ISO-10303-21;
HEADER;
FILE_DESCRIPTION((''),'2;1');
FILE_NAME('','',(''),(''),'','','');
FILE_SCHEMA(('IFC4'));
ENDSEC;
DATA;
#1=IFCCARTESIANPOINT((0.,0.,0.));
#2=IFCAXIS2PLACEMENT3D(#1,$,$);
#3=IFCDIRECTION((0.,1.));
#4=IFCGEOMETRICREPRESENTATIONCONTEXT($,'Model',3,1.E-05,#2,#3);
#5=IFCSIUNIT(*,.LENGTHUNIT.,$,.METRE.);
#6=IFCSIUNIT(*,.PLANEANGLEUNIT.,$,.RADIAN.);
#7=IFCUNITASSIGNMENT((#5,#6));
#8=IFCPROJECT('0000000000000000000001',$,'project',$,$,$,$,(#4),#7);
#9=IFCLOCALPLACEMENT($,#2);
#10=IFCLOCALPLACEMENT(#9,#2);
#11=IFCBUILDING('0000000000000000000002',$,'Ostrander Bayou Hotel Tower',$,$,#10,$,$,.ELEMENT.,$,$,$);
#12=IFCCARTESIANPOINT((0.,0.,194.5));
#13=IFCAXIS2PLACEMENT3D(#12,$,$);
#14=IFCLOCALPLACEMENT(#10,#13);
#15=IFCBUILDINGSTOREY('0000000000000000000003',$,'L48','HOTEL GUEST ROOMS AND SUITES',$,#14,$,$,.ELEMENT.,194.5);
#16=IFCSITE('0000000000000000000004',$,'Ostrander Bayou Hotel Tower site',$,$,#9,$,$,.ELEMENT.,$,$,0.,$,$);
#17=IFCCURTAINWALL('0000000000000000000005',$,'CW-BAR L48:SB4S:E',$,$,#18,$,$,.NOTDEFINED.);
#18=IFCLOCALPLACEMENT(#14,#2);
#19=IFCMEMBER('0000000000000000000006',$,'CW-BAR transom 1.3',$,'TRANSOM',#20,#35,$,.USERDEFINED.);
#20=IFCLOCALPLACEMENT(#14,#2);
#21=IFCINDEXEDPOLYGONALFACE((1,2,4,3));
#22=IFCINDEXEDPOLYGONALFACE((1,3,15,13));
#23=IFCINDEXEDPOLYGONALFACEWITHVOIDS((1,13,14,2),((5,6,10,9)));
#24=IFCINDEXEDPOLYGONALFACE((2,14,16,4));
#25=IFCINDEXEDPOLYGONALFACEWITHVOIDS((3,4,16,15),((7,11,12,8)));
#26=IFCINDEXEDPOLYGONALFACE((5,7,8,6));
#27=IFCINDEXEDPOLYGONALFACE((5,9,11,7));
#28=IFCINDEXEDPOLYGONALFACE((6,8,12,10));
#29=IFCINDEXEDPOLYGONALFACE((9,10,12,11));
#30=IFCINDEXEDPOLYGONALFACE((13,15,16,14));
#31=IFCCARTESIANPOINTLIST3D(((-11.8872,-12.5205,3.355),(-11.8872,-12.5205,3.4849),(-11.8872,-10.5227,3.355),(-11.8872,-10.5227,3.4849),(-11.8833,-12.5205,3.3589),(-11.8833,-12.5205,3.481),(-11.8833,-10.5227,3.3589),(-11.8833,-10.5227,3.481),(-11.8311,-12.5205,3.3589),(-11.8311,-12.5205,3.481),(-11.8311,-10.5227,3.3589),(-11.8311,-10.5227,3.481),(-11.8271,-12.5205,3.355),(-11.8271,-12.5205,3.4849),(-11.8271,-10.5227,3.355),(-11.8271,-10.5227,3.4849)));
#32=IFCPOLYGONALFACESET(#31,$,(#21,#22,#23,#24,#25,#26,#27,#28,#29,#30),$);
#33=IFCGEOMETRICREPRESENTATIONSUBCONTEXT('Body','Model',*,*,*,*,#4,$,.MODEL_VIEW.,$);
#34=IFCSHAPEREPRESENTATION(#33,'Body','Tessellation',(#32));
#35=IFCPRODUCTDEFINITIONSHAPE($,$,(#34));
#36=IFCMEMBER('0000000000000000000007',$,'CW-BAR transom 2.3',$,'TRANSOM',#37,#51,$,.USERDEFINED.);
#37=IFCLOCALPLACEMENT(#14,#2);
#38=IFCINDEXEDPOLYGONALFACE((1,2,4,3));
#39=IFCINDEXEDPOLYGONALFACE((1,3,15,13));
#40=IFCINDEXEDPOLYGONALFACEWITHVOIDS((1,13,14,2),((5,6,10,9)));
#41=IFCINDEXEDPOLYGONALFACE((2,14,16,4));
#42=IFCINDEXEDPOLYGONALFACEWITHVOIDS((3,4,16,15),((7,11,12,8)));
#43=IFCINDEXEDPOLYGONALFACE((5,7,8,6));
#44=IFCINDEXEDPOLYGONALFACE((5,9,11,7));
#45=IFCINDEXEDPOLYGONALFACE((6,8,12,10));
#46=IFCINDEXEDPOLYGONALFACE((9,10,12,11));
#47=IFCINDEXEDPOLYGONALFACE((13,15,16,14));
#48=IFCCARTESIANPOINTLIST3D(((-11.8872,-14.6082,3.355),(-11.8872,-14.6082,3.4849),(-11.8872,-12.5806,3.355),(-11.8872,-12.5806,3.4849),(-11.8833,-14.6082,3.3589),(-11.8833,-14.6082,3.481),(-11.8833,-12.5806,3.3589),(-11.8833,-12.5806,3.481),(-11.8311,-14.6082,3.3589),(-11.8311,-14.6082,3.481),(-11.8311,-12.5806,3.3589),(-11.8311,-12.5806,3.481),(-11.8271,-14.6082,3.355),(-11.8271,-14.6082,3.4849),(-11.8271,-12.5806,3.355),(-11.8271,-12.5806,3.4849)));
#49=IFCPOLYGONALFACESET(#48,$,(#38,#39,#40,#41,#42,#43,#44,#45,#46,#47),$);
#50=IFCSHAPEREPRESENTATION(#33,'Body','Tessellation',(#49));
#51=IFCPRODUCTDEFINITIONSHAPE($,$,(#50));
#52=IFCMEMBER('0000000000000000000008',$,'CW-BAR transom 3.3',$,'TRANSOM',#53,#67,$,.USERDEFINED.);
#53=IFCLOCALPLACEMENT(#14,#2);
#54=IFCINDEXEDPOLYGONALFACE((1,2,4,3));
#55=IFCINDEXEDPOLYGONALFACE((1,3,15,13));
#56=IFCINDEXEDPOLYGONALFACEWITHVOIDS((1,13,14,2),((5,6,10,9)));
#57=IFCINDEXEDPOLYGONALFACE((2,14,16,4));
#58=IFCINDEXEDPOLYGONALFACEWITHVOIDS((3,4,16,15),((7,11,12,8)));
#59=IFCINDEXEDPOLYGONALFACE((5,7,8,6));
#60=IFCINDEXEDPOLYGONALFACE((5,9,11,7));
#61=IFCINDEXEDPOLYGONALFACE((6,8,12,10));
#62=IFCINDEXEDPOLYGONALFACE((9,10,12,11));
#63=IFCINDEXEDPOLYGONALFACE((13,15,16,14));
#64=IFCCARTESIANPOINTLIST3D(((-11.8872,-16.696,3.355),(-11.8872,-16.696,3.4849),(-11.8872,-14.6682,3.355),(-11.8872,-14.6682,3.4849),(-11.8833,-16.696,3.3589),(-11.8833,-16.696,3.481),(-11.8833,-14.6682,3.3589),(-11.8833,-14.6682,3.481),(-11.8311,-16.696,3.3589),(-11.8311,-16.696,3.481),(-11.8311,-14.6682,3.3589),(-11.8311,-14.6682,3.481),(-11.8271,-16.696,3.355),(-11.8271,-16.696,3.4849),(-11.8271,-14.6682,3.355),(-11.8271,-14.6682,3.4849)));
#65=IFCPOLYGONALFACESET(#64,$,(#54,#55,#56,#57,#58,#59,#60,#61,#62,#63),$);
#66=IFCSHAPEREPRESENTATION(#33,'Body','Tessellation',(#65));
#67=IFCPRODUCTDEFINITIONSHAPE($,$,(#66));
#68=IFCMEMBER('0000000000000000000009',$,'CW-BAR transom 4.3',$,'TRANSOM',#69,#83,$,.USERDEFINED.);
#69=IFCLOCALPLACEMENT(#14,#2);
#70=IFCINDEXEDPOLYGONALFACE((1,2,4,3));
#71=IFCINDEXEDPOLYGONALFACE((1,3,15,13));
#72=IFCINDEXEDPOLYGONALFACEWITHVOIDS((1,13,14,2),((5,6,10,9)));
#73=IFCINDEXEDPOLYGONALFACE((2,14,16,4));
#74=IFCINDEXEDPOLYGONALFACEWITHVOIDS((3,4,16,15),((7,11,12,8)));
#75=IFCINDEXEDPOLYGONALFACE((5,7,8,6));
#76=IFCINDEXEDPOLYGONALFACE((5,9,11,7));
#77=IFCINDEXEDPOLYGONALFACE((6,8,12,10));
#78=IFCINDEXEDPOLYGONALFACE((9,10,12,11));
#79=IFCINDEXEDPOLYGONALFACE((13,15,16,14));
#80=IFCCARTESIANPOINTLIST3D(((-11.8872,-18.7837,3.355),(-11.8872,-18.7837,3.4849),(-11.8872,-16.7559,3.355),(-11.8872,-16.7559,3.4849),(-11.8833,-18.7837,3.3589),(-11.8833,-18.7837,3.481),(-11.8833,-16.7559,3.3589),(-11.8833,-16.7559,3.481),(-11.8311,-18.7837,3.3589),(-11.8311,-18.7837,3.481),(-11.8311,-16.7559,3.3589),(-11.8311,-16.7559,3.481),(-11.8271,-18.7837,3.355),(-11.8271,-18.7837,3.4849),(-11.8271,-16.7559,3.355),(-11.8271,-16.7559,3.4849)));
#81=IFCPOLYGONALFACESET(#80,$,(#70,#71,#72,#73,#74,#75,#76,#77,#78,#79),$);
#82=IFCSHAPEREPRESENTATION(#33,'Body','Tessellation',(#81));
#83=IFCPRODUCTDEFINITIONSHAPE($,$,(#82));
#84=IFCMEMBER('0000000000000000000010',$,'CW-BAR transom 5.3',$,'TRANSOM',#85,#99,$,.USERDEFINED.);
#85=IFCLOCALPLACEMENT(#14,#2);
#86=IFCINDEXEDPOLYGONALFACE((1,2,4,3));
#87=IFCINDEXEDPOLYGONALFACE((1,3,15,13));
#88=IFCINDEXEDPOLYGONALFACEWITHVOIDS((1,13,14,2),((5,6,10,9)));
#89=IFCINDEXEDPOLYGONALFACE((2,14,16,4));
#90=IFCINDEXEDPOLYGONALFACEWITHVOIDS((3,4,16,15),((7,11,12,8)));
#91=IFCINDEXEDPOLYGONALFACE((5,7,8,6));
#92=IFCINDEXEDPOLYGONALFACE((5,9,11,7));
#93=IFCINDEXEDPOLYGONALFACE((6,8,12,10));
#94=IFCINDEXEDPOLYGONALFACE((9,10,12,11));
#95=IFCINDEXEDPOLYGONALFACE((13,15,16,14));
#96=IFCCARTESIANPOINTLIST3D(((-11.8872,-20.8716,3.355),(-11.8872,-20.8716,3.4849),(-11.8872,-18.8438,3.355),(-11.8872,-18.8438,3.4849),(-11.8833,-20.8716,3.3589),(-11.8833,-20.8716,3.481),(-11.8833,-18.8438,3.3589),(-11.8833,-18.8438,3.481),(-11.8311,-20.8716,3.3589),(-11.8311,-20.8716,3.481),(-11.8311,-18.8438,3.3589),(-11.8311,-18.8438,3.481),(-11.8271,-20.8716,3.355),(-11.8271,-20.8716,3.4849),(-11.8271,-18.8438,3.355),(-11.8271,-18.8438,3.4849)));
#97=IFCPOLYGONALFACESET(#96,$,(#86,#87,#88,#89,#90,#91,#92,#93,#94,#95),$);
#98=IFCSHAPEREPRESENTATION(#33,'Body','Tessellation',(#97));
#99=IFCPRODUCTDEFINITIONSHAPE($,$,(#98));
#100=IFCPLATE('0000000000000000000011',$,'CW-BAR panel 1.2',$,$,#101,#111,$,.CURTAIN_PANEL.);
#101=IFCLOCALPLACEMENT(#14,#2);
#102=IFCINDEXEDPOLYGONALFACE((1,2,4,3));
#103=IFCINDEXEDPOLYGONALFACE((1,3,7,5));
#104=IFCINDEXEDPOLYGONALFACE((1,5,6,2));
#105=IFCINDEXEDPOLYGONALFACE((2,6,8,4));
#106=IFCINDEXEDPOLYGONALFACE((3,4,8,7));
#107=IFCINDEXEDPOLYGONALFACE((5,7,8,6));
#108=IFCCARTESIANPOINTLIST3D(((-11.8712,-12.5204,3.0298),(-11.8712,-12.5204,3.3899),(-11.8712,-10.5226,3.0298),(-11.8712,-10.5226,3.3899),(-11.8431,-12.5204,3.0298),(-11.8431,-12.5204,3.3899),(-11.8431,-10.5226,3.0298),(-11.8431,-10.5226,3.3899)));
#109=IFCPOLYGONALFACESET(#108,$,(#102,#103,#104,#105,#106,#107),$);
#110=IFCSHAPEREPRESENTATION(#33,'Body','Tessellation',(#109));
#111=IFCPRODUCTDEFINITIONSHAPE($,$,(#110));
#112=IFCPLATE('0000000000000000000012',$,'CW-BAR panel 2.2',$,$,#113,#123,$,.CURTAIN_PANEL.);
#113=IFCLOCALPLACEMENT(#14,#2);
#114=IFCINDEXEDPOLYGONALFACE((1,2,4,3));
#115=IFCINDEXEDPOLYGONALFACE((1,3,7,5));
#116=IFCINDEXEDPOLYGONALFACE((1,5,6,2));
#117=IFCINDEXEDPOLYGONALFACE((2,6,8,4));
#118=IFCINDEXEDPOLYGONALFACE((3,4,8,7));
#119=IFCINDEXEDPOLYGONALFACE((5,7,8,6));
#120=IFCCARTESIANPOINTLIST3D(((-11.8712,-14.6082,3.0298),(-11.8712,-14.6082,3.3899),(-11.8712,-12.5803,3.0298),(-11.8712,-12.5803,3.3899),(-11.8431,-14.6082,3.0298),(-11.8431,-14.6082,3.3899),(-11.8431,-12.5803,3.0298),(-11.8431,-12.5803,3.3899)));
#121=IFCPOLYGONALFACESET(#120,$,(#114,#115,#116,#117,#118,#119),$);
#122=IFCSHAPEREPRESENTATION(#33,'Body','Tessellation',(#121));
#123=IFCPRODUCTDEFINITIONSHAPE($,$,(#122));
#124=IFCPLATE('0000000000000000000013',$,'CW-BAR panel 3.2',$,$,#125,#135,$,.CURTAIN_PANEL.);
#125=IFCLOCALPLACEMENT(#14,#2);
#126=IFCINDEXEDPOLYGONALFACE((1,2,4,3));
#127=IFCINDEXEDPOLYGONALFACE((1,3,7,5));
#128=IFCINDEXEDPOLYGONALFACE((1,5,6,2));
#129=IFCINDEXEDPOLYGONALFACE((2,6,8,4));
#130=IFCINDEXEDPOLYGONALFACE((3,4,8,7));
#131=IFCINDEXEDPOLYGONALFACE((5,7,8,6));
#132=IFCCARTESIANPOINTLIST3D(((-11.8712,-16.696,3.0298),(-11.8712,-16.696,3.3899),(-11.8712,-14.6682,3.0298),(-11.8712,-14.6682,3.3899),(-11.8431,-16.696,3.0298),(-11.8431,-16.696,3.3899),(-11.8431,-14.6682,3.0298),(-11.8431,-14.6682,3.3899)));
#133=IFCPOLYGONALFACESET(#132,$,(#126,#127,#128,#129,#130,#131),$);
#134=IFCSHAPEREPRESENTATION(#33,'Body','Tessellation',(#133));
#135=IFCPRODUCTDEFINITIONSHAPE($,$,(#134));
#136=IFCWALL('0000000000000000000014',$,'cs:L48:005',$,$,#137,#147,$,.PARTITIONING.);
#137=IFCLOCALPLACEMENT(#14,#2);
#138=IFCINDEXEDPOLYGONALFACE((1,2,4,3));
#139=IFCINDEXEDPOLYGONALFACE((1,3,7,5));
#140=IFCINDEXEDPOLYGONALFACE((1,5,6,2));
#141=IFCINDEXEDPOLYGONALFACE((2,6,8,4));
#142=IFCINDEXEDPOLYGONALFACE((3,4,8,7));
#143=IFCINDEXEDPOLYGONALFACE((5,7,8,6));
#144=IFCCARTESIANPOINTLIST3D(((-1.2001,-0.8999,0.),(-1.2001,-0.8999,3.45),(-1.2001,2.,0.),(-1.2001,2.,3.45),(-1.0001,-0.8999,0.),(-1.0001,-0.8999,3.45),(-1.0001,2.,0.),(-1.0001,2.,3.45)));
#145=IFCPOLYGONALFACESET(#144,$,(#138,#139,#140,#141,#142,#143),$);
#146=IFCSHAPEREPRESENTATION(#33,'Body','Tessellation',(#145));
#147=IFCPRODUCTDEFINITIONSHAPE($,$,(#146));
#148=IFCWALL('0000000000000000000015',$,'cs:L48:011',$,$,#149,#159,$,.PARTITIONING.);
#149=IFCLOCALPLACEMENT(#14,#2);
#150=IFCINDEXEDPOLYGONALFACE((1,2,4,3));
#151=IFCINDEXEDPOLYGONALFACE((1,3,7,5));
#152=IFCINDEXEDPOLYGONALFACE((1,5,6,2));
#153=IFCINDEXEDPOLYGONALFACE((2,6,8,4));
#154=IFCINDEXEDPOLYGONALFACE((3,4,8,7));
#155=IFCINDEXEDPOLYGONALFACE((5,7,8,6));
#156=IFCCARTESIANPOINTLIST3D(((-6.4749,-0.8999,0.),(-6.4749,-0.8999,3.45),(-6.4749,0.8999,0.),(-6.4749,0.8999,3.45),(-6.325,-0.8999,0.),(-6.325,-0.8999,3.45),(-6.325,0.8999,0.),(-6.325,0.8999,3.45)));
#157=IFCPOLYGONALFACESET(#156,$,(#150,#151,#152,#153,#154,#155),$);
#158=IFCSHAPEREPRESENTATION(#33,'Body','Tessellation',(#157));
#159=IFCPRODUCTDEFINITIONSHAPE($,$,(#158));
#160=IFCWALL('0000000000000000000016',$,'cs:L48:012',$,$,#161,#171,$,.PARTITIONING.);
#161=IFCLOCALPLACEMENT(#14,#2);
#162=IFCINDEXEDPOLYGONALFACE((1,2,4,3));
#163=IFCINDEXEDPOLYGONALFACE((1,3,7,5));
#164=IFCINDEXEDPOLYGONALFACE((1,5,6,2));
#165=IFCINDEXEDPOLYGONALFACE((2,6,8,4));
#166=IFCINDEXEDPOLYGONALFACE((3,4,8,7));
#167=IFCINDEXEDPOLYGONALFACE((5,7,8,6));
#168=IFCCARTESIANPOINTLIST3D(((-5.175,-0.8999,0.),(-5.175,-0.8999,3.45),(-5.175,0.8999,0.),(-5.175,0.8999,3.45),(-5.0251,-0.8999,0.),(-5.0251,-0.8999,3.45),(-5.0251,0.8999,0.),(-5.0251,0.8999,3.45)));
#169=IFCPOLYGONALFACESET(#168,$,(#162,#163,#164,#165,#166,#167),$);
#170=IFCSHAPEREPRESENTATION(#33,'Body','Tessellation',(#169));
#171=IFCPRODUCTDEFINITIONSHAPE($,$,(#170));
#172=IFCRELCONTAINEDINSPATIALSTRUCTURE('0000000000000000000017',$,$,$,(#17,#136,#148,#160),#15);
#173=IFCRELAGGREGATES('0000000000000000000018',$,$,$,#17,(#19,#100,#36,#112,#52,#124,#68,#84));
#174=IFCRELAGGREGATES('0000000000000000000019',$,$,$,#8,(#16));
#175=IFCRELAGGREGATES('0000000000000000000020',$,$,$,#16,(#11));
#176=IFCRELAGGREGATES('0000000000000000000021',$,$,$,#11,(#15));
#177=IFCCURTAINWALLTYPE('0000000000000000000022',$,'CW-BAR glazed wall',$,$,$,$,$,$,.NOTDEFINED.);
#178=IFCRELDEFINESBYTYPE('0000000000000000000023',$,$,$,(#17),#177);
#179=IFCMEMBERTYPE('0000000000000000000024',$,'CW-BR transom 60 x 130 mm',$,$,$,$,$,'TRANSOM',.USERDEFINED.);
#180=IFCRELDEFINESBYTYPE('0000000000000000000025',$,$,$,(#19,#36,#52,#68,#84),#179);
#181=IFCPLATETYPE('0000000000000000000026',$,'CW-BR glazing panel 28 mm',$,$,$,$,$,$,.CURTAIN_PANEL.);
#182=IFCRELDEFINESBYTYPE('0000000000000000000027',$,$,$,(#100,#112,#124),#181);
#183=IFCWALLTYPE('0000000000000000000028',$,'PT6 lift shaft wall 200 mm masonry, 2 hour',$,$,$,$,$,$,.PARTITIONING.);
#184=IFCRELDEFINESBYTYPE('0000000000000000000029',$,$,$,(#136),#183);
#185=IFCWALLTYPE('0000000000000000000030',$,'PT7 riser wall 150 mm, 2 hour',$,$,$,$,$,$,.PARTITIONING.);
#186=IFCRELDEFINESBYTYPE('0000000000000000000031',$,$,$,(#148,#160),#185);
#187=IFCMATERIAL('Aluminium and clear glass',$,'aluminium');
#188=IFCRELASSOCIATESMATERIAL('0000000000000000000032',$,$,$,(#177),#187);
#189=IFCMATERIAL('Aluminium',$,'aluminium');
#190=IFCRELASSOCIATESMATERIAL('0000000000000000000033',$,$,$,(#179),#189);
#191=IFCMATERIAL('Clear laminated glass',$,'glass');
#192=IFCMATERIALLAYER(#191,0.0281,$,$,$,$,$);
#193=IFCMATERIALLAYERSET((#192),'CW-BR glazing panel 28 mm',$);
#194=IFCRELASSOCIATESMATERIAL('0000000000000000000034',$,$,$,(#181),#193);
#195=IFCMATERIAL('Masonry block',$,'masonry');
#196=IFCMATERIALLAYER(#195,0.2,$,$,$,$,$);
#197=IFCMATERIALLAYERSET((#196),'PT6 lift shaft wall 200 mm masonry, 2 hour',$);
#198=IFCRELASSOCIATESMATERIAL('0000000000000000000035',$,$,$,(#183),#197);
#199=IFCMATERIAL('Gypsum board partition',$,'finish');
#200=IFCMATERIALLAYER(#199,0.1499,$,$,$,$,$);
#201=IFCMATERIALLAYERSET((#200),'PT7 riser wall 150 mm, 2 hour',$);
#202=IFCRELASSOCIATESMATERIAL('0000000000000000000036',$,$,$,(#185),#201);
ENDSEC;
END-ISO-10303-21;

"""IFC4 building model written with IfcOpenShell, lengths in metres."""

from ifc_helpers import new_model, si_unit, direction, frame, frame_2d, origin, origin_2d, place, context, subcontext, project, spatial, rectangle, hollow_rectangle, extrude, material, layer, layer_set, material_profile, profile_set, type_object, element, aggregate, save


model = new_model("IFC4")

# Units and contexts
model_context = context("Model", 3, precision=1e-05, world=origin(), true_north=direction((0.0, 1.0)))
body_context = subcontext(model_context, "Body", "Model", "MODEL_VIEW")
ifc_project = project(units=[si_unit("LENGTHUNIT", "METRE"), si_unit("PLANEANGLEUNIT", "RADIAN")], contexts=[model_context])

# Site, building, storey
site_placement = place(None, origin())
site = spatial("IfcSite", under=ifc_project, at=site_placement, Name="Ostrander Bayou Hotel Tower site", CompositionType="ELEMENT", RefElevation=0.0)
building_placement = place(site_placement, origin())
building = spatial("IfcBuilding", under=site, at=building_placement, Name="Ostrander Bayou Hotel Tower", CompositionType="ELEMENT")
storey_placement = place(building_placement, frame((0.0, 0.0, 194.5)))
storey = spatial("IfcBuildingStorey", under=building, at=storey_placement, Name="L48", Description="HOTEL GUEST ROOMS AND SUITES", CompositionType="ELEMENT", Elevation=194.5)

# Curtain wall, members, plates
ifc_material_1 = material(Name="Aluminium and clear glass", Category="aluminium")
curtain_wall_type = type_object("IfcCurtainWallType", Name="CW-BAR glazed wall", PredefinedType="NOTDEFINED", material=ifc_material_1)
curtain_wall_placement = place(storey_placement, origin())
curtain_wall = element("IfcCurtainWall", 1, at=curtain_wall_placement, inside=storey, type_object=curtain_wall_type, Name="CW-BAR L48:SB4S:E", PredefinedType="NOTDEFINED")
ifc_material_2 = material(Name="Aluminium", Category="aluminium")
ifc_material_profile = material_profile(ifc_material_2, hollow_rectangle(XDim=0.0601, YDim=0.1299, WallThickness=0.0039, at=origin_2d()))
ifc_profile_set = profile_set([ifc_material_profile], Name="Aluminium")
member_type = type_object("IfcMemberType", Name="CW-BR transom 60 x 130 mm", ElementType="TRANSOM", PredefinedType="USERDEFINED", material=ifc_profile_set)
member_1_placement = place(storey_placement, frame((-11.8572, -10.5227, 3.4199), z_axis=(0.0, -1.0, 0.0), x_axis=(1.0, 0.0, 0.0)))
member_1 = element("IfcMember", 2, at=member_1_placement, type_object=member_type, Name="CW-BAR transom 1.3", ObjectType="TRANSOM", PredefinedType="USERDEFINED", context=body_context, shape_type="SweptSolid", body=[
    extrude(hollow_rectangle(XDim=0.0601, YDim=0.1299, WallThickness=0.0039, at=origin_2d()), origin(), (0.0, 0.0, 1.0), 1.9978),
])
member_2_placement = place(storey_placement, frame((-11.8572, -12.5806, 3.4199), z_axis=(0.0, -1.0, 0.0), x_axis=(1.0, 0.0, 0.0)))
member_2 = element("IfcMember", 3, at=member_2_placement, type_object=member_type, Name="CW-BAR transom 2.3", ObjectType="TRANSOM", PredefinedType="USERDEFINED", context=body_context, shape_type="SweptSolid", body=[
    extrude(hollow_rectangle(XDim=0.0601, YDim=0.1299, WallThickness=0.0039, at=origin_2d()), origin(), (0.0, 0.0, 1.0), 2.0276),
])
member_3_placement = place(storey_placement, frame((-11.8572, -14.6682, 3.4199), z_axis=(0.0, -1.0, 0.0), x_axis=(1.0, 0.0, 0.0)))
member_3 = element("IfcMember", 4, at=member_3_placement, type_object=member_type, Name="CW-BAR transom 3.3", ObjectType="TRANSOM", PredefinedType="USERDEFINED", context=body_context, shape_type="SweptSolid", body=[
    extrude(hollow_rectangle(XDim=0.0601, YDim=0.1299, WallThickness=0.0039, at=origin_2d()), origin(), (0.0, 0.0, 1.0), 2.0278),
])
member_4_placement = place(storey_placement, frame((-11.8572, -16.7559, 3.4199), z_axis=(0.0, -1.0, 0.0), x_axis=(1.0, 0.0, 0.0)))
member_4 = element("IfcMember", 5, at=member_4_placement, type_object=member_type, Name="CW-BAR transom 4.3", ObjectType="TRANSOM", PredefinedType="USERDEFINED", context=body_context, shape_type="SweptSolid", body=[
    extrude(hollow_rectangle(XDim=0.0601, YDim=0.1299, WallThickness=0.0039, at=origin_2d()), origin(), (0.0, 0.0, 1.0), 2.0278),
])
member_5_placement = place(storey_placement, frame((-11.8572, -18.8438, 3.4199), z_axis=(0.0, -1.0, 0.0), x_axis=(1.0, 0.0, 0.0)))
member_5 = element("IfcMember", 6, at=member_5_placement, type_object=member_type, Name="CW-BAR transom 5.3", ObjectType="TRANSOM", PredefinedType="USERDEFINED", context=body_context, shape_type="SweptSolid", body=[
    extrude(hollow_rectangle(XDim=0.0601, YDim=0.1299, WallThickness=0.0039, at=origin_2d()), origin(), (0.0, 0.0, 1.0), 2.0278),
])
ifc_material_3 = material(Name="Clear laminated glass", Category="glass")
ifc_layer_1 = layer(ifc_material_3, 0.0281)
ifc_layer_set_1 = layer_set([ifc_layer_1], Name="CW-BR glazing panel 28 mm")
plate_type = type_object("IfcPlateType", Name="CW-BR glazing panel 28 mm", PredefinedType="CURTAIN_PANEL", material=ifc_layer_set_1)
plate_1_placement = place(storey_placement, frame((-11.8572, -11.5215, 3.0298), z_axis=(0.0, 0.0, 1.0), x_axis=(0.0, -1.0, 0.0)))
plate_1 = element("IfcPlate", 7, at=plate_1_placement, type_object=plate_type, Name="CW-BAR panel 1.2", PredefinedType="CURTAIN_PANEL", context=body_context, shape_type="SweptSolid", body=[
    extrude(rectangle(XDim=1.9978, YDim=0.0281, at=origin_2d()), origin(), (0.0, 0.0, 1.0), 0.3601),
])
plate_2_placement = place(storey_placement, frame((-11.8572, -13.5942, 3.0298), z_axis=(0.0, 0.0, 1.0), x_axis=(0.0, -1.0, 0.0)))
plate_2 = element("IfcPlate", 8, at=plate_2_placement, type_object=plate_type, Name="CW-BAR panel 2.2", PredefinedType="CURTAIN_PANEL", context=body_context, shape_type="SweptSolid", body=[
    extrude(rectangle(XDim=2.0278, YDim=0.0281, at=origin_2d()), origin(), (0.0, 0.0, 1.0), 0.3601),
])
plate_3_placement = place(storey_placement, frame((-11.8572, -15.6821, 3.0298), z_axis=(0.0, 0.0, 1.0), x_axis=(0.0, -1.0, 0.0)))
plate_3 = element("IfcPlate", 9, at=plate_3_placement, type_object=plate_type, Name="CW-BAR panel 3.2", PredefinedType="CURTAIN_PANEL", context=body_context, shape_type="SweptSolid", body=[
    extrude(rectangle(XDim=2.0278, YDim=0.0281, at=origin_2d()), origin(), (0.0, 0.0, 1.0), 0.3601),
])
aggregate(curtain_wall, [member_1, plate_1, member_2, plate_2, member_3, plate_3, member_4, member_5])

# Walls
ifc_material_4 = material(Name="Masonry block", Category="masonry")
ifc_layer_2 = layer(ifc_material_4, 0.2)
ifc_layer_set_2 = layer_set([ifc_layer_2], Name="PT6 lift shaft wall 200 mm masonry, 2 hour")
wall_type_1 = type_object("IfcWallType", Name="PT6 lift shaft wall 200 mm masonry, 2 hour", PredefinedType="PARTITIONING", material=ifc_layer_set_2)
wall_1_placement = place(storey_placement, frame((-1.1001, -0.8999, 0.0), z_axis=(0.0, 0.0, 1.0), x_axis=(0.0, 1.0, 0.0)))
element("IfcWall", 10, at=wall_1_placement, inside=storey, type_object=wall_type_1, Name="cs:L48:005", PredefinedType="PARTITIONING", context=body_context, shape_type="SweptSolid", body=[
    extrude(rectangle(XDim=2.8999, YDim=0.2, at=frame_2d((1.45, 0.0))), origin(), (0.0, 0.0, 1.0), 3.45),
])
ifc_material_5 = material(Name="Gypsum board partition", Category="finish")
ifc_layer_3 = layer(ifc_material_5, 0.1499)
ifc_layer_set_3 = layer_set([ifc_layer_3], Name="PT7 riser wall 150 mm, 2 hour")
wall_type_2 = type_object("IfcWallType", Name="PT7 riser wall 150 mm, 2 hour", PredefinedType="PARTITIONING", material=ifc_layer_set_3)
for number, where, z_axis, x_axis, name in (
    (11, (-6.3999, -0.8999, 0.0), (0.0, 0.0, 1.0), (0.0, 1.0, 0.0), "cs:L48:011"),
    (12, (-5.1001, -0.8999, 0.0), (0.0, 0.0, 1.0), (0.0, 1.0, 0.0), "cs:L48:012"),
):
    element("IfcWall", number, at=place(storey_placement, frame(where, z_axis=z_axis, x_axis=x_axis)), inside=storey, type_object=wall_type_2, Name=name, PredefinedType="PARTITIONING", context=body_context, shape_type="SweptSolid", body=[
        extrude(rectangle(XDim=1.7998, YDim=0.1499, at=frame_2d((0.8999, 0.0))), origin(), (0.0, 0.0, 1.0), 3.45),
    ])

save(model, "model.ifc")
